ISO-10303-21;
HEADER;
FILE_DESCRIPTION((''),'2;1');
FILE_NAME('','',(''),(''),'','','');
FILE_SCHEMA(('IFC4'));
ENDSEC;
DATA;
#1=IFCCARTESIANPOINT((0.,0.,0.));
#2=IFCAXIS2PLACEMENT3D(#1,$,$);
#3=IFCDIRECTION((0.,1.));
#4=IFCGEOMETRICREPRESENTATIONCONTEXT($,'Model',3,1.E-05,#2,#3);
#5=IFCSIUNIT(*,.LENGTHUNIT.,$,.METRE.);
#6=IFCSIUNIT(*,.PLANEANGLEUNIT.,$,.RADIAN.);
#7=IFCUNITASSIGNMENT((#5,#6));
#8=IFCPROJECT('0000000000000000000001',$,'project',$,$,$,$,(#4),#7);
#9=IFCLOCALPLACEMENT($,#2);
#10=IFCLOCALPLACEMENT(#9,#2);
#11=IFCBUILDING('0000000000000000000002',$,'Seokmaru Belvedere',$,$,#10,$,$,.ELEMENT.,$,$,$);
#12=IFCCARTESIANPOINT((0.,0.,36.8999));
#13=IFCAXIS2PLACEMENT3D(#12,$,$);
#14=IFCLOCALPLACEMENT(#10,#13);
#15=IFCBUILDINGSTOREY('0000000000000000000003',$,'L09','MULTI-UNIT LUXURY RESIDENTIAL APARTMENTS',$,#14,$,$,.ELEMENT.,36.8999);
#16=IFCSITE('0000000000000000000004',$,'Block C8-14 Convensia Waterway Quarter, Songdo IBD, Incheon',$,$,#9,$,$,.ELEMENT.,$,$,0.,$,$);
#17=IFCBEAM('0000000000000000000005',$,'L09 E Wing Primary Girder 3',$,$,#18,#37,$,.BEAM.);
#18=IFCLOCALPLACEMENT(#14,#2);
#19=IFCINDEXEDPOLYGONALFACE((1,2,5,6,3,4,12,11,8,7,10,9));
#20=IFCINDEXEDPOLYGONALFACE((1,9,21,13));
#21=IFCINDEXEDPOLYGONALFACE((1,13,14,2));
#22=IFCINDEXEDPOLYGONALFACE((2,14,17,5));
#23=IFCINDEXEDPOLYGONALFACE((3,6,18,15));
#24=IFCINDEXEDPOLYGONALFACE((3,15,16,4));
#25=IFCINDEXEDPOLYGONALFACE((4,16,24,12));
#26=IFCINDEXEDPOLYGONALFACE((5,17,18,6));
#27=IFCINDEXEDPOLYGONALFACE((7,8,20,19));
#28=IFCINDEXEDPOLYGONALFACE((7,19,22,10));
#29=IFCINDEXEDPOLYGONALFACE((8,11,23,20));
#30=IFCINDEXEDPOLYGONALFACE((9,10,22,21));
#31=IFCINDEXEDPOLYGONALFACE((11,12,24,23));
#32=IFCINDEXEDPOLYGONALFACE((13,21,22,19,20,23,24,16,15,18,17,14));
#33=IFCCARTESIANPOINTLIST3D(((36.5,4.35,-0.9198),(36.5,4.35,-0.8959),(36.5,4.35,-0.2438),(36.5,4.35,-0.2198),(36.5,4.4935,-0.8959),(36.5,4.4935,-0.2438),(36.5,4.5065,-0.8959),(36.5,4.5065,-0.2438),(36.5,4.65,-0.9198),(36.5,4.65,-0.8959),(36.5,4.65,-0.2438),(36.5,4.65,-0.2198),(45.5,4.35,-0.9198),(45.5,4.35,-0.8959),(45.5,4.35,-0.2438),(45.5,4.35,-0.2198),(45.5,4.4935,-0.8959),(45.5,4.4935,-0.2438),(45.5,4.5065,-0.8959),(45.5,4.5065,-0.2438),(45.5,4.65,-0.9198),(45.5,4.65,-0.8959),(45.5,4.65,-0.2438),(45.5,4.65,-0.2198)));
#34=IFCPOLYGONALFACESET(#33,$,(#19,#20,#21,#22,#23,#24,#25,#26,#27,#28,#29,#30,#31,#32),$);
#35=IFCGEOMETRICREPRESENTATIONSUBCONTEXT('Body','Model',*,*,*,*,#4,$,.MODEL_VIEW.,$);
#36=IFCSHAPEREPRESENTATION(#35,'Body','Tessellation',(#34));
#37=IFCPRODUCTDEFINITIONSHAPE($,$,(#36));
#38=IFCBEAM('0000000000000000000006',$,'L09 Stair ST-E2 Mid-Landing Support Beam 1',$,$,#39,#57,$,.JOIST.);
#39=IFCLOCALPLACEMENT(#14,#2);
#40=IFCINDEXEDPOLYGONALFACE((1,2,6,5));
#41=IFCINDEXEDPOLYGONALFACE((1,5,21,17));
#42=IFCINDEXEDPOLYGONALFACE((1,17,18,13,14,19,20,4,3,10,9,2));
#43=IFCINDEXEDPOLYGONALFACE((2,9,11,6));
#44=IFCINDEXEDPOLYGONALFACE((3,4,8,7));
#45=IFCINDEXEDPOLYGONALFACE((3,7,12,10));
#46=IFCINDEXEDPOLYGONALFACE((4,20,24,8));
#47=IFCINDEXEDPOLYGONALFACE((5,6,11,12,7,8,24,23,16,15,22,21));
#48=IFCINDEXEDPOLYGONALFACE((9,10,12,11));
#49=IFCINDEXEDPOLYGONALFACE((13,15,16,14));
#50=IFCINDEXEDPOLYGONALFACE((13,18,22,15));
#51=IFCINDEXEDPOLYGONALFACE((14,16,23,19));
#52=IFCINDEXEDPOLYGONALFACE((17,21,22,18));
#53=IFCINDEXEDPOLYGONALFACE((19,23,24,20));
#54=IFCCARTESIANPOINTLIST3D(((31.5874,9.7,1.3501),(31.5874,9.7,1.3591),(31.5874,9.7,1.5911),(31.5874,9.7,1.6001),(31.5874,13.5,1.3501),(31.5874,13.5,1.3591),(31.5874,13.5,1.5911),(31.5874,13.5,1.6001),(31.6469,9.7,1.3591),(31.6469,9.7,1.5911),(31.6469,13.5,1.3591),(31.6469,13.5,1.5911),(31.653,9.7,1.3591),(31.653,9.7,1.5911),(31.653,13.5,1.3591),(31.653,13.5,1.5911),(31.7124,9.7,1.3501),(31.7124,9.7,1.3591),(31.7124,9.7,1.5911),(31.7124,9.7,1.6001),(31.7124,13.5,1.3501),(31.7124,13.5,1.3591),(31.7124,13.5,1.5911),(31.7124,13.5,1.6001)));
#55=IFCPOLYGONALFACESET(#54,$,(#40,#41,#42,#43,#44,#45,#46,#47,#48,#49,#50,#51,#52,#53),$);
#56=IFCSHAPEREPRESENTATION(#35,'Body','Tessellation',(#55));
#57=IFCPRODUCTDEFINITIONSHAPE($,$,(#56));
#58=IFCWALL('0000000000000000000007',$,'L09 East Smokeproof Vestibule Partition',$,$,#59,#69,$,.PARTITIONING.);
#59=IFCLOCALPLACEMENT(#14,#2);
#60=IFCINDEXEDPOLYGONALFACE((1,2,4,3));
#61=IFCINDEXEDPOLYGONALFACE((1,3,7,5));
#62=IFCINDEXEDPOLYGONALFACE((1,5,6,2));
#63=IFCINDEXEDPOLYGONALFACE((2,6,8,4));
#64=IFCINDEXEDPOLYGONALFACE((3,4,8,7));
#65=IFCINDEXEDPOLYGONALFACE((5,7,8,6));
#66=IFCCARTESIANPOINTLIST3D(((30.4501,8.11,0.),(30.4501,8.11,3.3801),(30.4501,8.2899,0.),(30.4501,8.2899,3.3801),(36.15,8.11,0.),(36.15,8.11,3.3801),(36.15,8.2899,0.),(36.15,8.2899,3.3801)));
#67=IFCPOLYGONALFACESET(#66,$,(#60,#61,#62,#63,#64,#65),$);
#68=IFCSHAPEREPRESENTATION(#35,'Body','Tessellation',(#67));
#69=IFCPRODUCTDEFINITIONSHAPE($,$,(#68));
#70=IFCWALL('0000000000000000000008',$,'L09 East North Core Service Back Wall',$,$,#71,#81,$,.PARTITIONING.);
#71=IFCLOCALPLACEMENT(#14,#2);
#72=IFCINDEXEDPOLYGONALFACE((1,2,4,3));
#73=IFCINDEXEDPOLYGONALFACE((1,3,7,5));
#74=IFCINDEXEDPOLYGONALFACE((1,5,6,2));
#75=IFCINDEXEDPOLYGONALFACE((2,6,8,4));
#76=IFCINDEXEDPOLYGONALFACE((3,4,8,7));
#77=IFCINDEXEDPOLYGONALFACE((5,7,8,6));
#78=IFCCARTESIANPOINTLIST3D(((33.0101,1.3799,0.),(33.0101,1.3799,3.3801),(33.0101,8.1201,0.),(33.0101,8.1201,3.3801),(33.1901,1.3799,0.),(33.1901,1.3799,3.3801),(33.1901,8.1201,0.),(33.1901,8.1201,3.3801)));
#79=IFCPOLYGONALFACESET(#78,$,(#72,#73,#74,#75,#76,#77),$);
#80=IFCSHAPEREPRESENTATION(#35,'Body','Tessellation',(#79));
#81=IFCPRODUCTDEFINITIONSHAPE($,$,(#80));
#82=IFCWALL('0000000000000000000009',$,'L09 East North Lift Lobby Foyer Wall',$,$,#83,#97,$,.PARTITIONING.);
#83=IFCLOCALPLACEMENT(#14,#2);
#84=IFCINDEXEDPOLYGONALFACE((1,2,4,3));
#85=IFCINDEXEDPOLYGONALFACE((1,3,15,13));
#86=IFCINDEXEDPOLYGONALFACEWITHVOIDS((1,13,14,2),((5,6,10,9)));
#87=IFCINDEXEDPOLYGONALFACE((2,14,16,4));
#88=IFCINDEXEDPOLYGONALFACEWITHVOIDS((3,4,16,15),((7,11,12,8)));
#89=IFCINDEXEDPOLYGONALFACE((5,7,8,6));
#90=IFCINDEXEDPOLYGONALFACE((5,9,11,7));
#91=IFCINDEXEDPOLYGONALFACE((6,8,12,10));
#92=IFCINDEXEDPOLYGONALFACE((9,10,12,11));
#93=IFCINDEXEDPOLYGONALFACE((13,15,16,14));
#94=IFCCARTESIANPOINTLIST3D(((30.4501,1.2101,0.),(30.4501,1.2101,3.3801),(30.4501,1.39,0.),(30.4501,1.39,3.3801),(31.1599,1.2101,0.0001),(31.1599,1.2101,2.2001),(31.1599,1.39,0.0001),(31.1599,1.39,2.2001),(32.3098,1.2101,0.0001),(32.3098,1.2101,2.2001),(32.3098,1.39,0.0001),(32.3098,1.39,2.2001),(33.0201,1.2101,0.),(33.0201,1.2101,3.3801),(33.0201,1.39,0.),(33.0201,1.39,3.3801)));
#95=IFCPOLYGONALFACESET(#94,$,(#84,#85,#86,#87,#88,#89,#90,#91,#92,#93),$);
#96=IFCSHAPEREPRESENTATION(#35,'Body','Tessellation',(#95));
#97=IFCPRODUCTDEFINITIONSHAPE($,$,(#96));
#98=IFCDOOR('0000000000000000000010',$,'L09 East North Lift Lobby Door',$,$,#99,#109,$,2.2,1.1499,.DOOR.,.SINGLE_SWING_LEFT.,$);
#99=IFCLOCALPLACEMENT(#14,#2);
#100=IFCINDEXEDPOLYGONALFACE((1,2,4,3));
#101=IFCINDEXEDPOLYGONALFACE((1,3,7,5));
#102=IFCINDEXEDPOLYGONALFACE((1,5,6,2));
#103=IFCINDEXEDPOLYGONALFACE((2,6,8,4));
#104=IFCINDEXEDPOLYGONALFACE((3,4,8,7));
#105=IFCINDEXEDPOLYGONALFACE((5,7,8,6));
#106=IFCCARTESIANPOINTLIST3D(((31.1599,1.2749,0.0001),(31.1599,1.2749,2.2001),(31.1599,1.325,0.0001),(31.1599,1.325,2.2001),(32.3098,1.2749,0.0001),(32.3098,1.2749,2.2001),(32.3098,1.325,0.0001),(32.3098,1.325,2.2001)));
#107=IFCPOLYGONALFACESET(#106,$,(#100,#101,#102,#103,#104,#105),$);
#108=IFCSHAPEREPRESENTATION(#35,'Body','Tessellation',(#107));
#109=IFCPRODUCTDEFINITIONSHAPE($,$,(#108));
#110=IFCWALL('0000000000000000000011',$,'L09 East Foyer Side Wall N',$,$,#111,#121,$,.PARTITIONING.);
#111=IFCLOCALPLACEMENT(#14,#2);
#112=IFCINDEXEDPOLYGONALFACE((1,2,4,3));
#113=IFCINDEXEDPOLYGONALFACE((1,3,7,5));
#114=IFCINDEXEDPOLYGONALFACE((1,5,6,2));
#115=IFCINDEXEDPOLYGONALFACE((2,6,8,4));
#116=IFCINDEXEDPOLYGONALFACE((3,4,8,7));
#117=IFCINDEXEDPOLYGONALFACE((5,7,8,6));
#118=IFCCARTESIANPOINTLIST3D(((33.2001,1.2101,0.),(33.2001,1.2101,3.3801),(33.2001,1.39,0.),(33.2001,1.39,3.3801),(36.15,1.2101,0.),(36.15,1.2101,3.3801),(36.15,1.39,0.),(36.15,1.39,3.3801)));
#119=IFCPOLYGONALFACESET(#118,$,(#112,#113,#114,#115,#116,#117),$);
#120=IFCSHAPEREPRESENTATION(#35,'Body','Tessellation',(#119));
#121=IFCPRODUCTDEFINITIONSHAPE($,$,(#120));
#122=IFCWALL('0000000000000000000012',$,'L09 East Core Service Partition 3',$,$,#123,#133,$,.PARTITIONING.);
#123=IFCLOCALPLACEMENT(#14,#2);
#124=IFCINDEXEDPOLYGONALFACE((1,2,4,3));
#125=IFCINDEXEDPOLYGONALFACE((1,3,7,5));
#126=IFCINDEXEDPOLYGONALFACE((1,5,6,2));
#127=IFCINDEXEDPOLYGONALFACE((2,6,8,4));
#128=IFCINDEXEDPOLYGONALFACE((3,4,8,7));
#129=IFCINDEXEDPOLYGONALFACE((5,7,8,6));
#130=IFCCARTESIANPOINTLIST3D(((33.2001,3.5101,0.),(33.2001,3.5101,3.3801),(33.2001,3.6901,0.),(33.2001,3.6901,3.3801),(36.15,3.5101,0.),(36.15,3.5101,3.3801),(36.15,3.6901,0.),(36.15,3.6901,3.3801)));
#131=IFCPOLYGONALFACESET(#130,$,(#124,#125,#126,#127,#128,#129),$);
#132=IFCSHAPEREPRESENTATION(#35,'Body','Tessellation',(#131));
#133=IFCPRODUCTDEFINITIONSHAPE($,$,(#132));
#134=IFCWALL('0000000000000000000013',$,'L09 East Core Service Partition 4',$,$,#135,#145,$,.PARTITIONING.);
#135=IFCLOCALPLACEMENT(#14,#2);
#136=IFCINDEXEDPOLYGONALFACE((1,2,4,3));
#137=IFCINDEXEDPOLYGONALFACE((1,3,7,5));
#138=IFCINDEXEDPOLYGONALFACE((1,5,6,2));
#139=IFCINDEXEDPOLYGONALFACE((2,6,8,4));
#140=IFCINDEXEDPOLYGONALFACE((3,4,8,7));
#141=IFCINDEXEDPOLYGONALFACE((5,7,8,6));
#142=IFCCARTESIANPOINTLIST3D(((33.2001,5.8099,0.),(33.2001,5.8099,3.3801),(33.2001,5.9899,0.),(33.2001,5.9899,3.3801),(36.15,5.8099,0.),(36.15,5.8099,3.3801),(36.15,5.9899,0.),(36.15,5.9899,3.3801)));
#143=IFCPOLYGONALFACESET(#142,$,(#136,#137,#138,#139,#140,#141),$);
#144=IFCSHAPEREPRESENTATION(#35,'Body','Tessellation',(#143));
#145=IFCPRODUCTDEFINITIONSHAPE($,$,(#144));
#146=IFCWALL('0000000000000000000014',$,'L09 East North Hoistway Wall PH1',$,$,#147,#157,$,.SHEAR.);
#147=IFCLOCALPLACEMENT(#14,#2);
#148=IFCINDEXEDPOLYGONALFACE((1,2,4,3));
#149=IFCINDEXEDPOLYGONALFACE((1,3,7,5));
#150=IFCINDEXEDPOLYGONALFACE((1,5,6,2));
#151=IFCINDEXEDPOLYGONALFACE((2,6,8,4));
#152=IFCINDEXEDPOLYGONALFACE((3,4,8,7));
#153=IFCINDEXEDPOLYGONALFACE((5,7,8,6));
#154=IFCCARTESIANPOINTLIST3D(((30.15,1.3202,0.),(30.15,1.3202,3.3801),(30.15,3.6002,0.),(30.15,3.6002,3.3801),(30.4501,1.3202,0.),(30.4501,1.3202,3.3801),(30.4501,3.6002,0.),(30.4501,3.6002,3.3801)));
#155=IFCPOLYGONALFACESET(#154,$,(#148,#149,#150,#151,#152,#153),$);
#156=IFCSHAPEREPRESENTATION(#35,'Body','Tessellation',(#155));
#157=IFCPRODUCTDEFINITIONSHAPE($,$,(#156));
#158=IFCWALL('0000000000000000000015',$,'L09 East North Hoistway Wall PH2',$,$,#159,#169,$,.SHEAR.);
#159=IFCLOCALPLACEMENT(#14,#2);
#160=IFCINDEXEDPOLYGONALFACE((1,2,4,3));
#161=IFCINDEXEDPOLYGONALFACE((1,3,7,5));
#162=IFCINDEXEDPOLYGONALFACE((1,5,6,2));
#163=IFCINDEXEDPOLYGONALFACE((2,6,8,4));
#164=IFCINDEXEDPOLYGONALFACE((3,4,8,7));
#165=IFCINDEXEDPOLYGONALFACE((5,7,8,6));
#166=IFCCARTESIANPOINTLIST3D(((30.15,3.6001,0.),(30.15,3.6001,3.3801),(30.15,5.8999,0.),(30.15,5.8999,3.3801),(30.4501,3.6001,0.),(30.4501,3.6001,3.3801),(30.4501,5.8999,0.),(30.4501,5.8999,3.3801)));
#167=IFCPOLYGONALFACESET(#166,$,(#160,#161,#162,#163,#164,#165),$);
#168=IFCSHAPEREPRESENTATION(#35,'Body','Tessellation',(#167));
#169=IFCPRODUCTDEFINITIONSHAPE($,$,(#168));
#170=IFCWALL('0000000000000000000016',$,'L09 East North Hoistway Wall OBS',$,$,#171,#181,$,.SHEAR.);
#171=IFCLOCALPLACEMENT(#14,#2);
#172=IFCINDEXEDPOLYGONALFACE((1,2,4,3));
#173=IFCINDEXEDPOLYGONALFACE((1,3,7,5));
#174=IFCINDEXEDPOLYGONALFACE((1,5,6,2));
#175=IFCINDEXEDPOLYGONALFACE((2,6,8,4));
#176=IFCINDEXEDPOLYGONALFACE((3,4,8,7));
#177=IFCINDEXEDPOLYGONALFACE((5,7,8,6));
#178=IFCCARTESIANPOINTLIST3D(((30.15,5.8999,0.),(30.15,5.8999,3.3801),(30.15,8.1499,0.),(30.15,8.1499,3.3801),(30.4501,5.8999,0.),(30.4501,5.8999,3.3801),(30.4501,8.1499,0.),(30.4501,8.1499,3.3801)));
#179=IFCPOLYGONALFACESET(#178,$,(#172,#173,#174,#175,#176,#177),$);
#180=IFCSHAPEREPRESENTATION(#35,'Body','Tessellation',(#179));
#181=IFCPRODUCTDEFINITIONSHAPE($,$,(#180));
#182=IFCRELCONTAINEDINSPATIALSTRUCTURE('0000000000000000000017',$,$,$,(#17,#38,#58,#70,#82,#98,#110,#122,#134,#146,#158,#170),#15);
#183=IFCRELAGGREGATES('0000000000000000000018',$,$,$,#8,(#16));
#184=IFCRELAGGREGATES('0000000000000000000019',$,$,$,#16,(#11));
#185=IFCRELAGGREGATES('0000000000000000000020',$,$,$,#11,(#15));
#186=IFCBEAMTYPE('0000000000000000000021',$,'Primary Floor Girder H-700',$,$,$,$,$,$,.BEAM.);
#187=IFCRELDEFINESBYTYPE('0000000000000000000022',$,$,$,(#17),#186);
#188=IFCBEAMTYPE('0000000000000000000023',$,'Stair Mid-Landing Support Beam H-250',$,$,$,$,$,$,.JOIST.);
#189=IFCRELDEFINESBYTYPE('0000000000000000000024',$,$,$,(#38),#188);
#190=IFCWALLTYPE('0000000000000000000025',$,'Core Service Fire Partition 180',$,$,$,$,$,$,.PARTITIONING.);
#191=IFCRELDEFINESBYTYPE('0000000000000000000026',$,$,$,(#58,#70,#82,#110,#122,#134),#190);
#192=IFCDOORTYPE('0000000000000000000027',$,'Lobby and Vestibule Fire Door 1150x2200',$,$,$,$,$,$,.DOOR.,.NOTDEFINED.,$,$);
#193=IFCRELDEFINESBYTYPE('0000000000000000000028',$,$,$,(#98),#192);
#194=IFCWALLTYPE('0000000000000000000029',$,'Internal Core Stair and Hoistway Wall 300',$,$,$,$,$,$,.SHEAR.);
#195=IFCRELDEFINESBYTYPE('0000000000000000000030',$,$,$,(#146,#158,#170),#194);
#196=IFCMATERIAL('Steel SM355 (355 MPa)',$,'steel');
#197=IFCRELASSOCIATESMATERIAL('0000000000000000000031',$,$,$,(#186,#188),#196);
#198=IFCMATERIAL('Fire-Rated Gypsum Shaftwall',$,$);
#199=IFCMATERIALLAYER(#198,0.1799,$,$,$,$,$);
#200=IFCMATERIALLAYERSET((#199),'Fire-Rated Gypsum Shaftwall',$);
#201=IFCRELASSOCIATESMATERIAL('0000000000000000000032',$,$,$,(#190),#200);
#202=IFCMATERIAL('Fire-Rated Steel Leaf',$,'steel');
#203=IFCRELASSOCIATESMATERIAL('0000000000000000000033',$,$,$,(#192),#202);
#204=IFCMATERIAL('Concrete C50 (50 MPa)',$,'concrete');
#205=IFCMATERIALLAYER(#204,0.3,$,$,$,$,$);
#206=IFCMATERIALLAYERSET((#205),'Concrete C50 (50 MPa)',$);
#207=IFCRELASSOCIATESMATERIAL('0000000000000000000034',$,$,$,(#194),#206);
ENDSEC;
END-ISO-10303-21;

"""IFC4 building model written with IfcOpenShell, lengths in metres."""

from ifc_helpers import new_model, si_unit, direction, frame, frame_2d, origin, origin_2d, place, context, subcontext, project, spatial, rectangle, i_section, extrude, source, transform, mapped, material, layer, layer_set, material_profile, profile_set, type_object, type_shapes, element, fill, save


model = new_model("IFC4")

# Units and contexts
model_context = context("Model", 3, precision=1e-05, world=origin(), true_north=direction((0.0, 1.0)))
body_context = subcontext(model_context, "Body", "Model", "MODEL_VIEW")
ifc_project = project(units=[si_unit("LENGTHUNIT", "METRE"), si_unit("PLANEANGLEUNIT", "RADIAN")], contexts=[model_context])

# Site, building, storey
site_placement = place(None, origin())
site = spatial("IfcSite", under=ifc_project, at=site_placement, Name="Block C8-14 Convensia Waterway Quarter, Songdo IBD, Incheon", CompositionType="ELEMENT", RefElevation=0.0)
building_placement = place(site_placement, origin())
building = spatial("IfcBuilding", under=site, at=building_placement, Name="Seokmaru Belvedere", CompositionType="ELEMENT")
storey_placement = place(building_placement, frame((0.0, 0.0, 36.8999)))
storey = spatial("IfcBuildingStorey", under=building, at=storey_placement, Name="L09", Description="MULTI-UNIT LUXURY RESIDENTIAL APARTMENTS", CompositionType="ELEMENT", Elevation=36.8999)

# Beams
ifc_material_1 = material(Name="Steel SM355 (355 MPa)", Category="steel")
ifc_material_profile_1 = material_profile(ifc_material_1, i_section(OverallWidth=0.3, OverallDepth=0.7, WebThickness=0.0129, FlangeThickness=0.0239, at=origin_2d()), Name="H-700x300x13x24")
ifc_profile_set_1 = profile_set([ifc_material_profile_1], Name="Steel SM355 (355 MPa)")
beam_type_1 = type_object("IfcBeamType", Name="Primary Floor Girder H-700", PredefinedType="BEAM", material=ifc_profile_set_1)
shared_shape_1 = source(origin(), body_context, "Body", "SweptSolid", [
    extrude(i_section(OverallWidth=0.3, OverallDepth=0.7, WebThickness=0.0129, FlangeThickness=0.0239, at=origin_2d()), origin(), (0.0, 0.0, 1.0), 9.0),
])
type_shapes(beam_type_1, [shared_shape_1])
beam_1_placement = place(storey_placement, frame((36.5, 4.5, -0.5698), z_axis=(1.0, 0.0, 0.0), x_axis=(0.0, 1.0, 0.0)))
element("IfcBeam", 1, at=beam_1_placement, inside=storey, type_object=beam_type_1, Name="L09 E Wing Primary Girder 3", PredefinedType="BEAM", context=body_context, shape_type="MappedRepresentation", body=[
    mapped(shared_shape_1, transform((0.0, 0.0, 0.0), scale=1.0)),
])
ifc_material_profile_2 = material_profile(ifc_material_1, i_section(OverallWidth=0.125, OverallDepth=0.25, WebThickness=0.0061, FlangeThickness=0.009, at=origin_2d()), Name="H-250x125x6x9")
ifc_profile_set_2 = profile_set([ifc_material_profile_2], Name="Steel SM355 (355 MPa)")
beam_type_2 = type_object("IfcBeamType", Name="Stair Mid-Landing Support Beam H-250", PredefinedType="JOIST", material=ifc_profile_set_2)
shared_shape_2 = source(origin(), body_context, "Body", "SweptSolid", [
    extrude(i_section(OverallWidth=0.125, OverallDepth=0.25, WebThickness=0.0061, FlangeThickness=0.009, at=origin_2d()), origin(), (0.0, 0.0, 1.0), 3.8),
])
type_shapes(beam_type_2, [shared_shape_2])
beam_2_placement = place(storey_placement, frame((31.6499, 9.7, 1.4751), z_axis=(0.0, 1.0, 0.0), x_axis=(-1.0, 0.0, 0.0)))
element("IfcBeam", 2, at=beam_2_placement, inside=storey, type_object=beam_type_2, Name="L09 Stair ST-E2 Mid-Landing Support Beam 1", PredefinedType="JOIST", context=body_context, shape_type="MappedRepresentation", body=[
    mapped(shared_shape_2, transform((0.0, 0.0, 0.0), scale=1.0)),
])

# Walls
ifc_material_2 = material(Name="Fire-Rated Gypsum Shaftwall")
ifc_layer_1 = layer(ifc_material_2, 0.1799)
ifc_layer_set_1 = layer_set([ifc_layer_1], Name="Fire-Rated Gypsum Shaftwall")
wall_type_1 = type_object("IfcWallType", Name="Core Service Fire Partition 180", PredefinedType="PARTITIONING", material=ifc_layer_set_1)
wall_1_placement = place(storey_placement, frame((30.45, 8.2, 0.0), z_axis=(0.0, 0.0, 1.0), x_axis=(1.0, 0.0, 0.0)))
element("IfcWall", 3, at=wall_1_placement, inside=storey, type_object=wall_type_1, Name="L09 East Smokeproof Vestibule Partition", PredefinedType="PARTITIONING", context=body_context, shape_type="SweptSolid", body=[
    extrude(rectangle(XDim=5.7, YDim=0.1799, at=frame_2d((2.8501, 0.0))), origin(), (0.0, 0.0, 1.0), 3.3801),
])
wall_2_placement = place(storey_placement, frame((33.1001, 1.3799, 0.0), z_axis=(0.0, 0.0, 1.0), x_axis=(0.0, 1.0, 0.0)))
element("IfcWall", 4, at=wall_2_placement, inside=storey, type_object=wall_type_1, Name="L09 East North Core Service Back Wall", PredefinedType="PARTITIONING", context=body_context, shape_type="SweptSolid", body=[
    extrude(rectangle(XDim=6.7402, YDim=0.1799, at=frame_2d((3.3701, 0.0))), origin(), (0.0, 0.0, 1.0), 3.3801),
])

# Wall, opening, door
wall_3_placement = place(storey_placement, frame((30.45, 1.3, 0.0), z_axis=(0.0, 0.0, 1.0), x_axis=(1.0, 0.0, 0.0)))
wall_3 = element("IfcWall", 5, at=wall_3_placement, inside=storey, type_object=wall_type_1, Name="L09 East North Lift Lobby Foyer Wall", PredefinedType="PARTITIONING", context=body_context, shape_type="SweptSolid", body=[
    extrude(rectangle(XDim=2.5701, YDim=0.1799, at=frame_2d((1.2852, 0.0))), origin(), (0.0, 0.0, 1.0), 3.3801),
])
opening_1_placement = place(wall_3_placement, frame((0.71, 0.0, 0.0)))
opening_1 = element("IfcOpeningElement", 6, at=opening_1_placement, cuts=wall_3, PredefinedType="OPENING", context=body_context, shape_type="SweptSolid", body=[
    extrude(rectangle(XDim=1.1499, YDim=2.2, at=frame_2d((0.575, 1.1001))), frame((0.0, 0.1001, 0.0), z_axis=(0.0, -1.0, 0.0), x_axis=(1.0, 0.0, 0.0)), (0.0, 0.0, 1.0), 0.2),
])
ifc_material_3 = material(Name="Fire-Rated Steel Leaf", Category="steel")
door_type_1 = type_object("IfcDoorType", Name="Lobby and Vestibule Fire Door 1150x2200", OperationType="NOTDEFINED", PredefinedType="DOOR", material=ifc_material_3)
shared_shape_3 = source(origin(), body_context, "Body", "SweptSolid", [
    extrude(rectangle(XDim=1.1499, YDim=2.2, at=frame_2d((0.575, 1.1001))), frame((0.0, 0.0249, 0.0), z_axis=(0.0, -1.0, 0.0), x_axis=(1.0, 0.0, 0.0)), (0.0, 0.0, 1.0), 0.05),
])
type_shapes(door_type_1, [shared_shape_3])
door_1_placement = place(opening_1_placement, origin())
door_1 = element("IfcDoor", 7, at=door_1_placement, inside=storey, type_object=door_type_1, Name="L09 East North Lift Lobby Door", OperationType="SINGLE_SWING_LEFT", OverallHeight=2.2, OverallWidth=1.1499, PredefinedType="DOOR", context=body_context, shape_type="MappedRepresentation", body=[
    mapped(shared_shape_3, transform((0.0, 0.0, 0.0), scale=1.0)),
])
fill(opening_1, door_1)

# Walls
for number, where, z_axis, x_axis, name in (
    (8, (33.2, 1.3, 0.0), (0.0, 0.0, 1.0), (1.0, 0.0, 0.0), "L09 East Foyer Side Wall N"),
    (9, (33.2, 3.6001, 0.0), (0.0, 0.0, 1.0), (1.0, 0.0, 0.0), "L09 East Core Service Partition 3"),
    (10, (33.2, 5.8999, 0.0), (0.0, 0.0, 1.0), (1.0, 0.0, 0.0), "L09 East Core Service Partition 4"),
):
    element("IfcWall", number, at=place(storey_placement, frame(where, z_axis=z_axis, x_axis=x_axis)), inside=storey, type_object=wall_type_1, Name=name, PredefinedType="PARTITIONING", context=body_context, shape_type="SweptSolid", body=[
        extrude(rectangle(XDim=2.95, YDim=0.1799, at=frame_2d((1.4751, 0.0))), origin(), (0.0, 0.0, 1.0), 3.3801),
    ])
ifc_material_4 = material(Name="Concrete C50 (50 MPa)", Category="concrete")
ifc_layer_2 = layer(ifc_material_4, 0.3)
ifc_layer_set_2 = layer_set([ifc_layer_2], Name="Concrete C50 (50 MPa)")
wall_type_2 = type_object("IfcWallType", Name="Internal Core Stair and Hoistway Wall 300", PredefinedType="SHEAR", material=ifc_layer_set_2)
wall_4_placement = place(storey_placement, frame((30.3, 1.3201, 0.0), z_axis=(0.0, 0.0, 1.0), x_axis=(0.0, 1.0, 0.0)))
element("IfcWall", 11, at=wall_4_placement, inside=storey, type_object=wall_type_2, Name="L09 East North Hoistway Wall PH1", PredefinedType="SHEAR", context=body_context, shape_type="SweptSolid", body=[
    extrude(rectangle(XDim=2.28, YDim=0.3, at=frame_2d((1.1401, 0.0))), origin(), (0.0, 0.0, 1.0), 3.3801),
])
wall_5_placement = place(storey_placement, frame((30.3, 3.6001, 0.0), z_axis=(0.0, 0.0, 1.0), x_axis=(0.0, 1.0, 0.0)))
element("IfcWall", 12, at=wall_5_placement, inside=storey, type_object=wall_type_2, Name="L09 East North Hoistway Wall PH2", PredefinedType="SHEAR", context=body_context, shape_type="SweptSolid", body=[
    extrude(rectangle(XDim=2.2998, YDim=0.3, at=frame_2d((1.1499, 0.0))), origin(), (0.0, 0.0, 1.0), 3.3801),
])
wall_6_placement = place(storey_placement, frame((30.3, 5.8999, 0.0), z_axis=(0.0, 0.0, 1.0), x_axis=(0.0, 1.0, 0.0)))
element("IfcWall", 13, at=wall_6_placement, inside=storey, type_object=wall_type_2, Name="L09 East North Hoistway Wall OBS", PredefinedType="SHEAR", context=body_context, shape_type="SweptSolid", body=[
    extrude(rectangle(XDim=2.25, YDim=0.3, at=frame_2d((1.125, 0.0))), origin(), (0.0, 0.0, 1.0), 3.3801),
])

save(model, "model.ifc")
